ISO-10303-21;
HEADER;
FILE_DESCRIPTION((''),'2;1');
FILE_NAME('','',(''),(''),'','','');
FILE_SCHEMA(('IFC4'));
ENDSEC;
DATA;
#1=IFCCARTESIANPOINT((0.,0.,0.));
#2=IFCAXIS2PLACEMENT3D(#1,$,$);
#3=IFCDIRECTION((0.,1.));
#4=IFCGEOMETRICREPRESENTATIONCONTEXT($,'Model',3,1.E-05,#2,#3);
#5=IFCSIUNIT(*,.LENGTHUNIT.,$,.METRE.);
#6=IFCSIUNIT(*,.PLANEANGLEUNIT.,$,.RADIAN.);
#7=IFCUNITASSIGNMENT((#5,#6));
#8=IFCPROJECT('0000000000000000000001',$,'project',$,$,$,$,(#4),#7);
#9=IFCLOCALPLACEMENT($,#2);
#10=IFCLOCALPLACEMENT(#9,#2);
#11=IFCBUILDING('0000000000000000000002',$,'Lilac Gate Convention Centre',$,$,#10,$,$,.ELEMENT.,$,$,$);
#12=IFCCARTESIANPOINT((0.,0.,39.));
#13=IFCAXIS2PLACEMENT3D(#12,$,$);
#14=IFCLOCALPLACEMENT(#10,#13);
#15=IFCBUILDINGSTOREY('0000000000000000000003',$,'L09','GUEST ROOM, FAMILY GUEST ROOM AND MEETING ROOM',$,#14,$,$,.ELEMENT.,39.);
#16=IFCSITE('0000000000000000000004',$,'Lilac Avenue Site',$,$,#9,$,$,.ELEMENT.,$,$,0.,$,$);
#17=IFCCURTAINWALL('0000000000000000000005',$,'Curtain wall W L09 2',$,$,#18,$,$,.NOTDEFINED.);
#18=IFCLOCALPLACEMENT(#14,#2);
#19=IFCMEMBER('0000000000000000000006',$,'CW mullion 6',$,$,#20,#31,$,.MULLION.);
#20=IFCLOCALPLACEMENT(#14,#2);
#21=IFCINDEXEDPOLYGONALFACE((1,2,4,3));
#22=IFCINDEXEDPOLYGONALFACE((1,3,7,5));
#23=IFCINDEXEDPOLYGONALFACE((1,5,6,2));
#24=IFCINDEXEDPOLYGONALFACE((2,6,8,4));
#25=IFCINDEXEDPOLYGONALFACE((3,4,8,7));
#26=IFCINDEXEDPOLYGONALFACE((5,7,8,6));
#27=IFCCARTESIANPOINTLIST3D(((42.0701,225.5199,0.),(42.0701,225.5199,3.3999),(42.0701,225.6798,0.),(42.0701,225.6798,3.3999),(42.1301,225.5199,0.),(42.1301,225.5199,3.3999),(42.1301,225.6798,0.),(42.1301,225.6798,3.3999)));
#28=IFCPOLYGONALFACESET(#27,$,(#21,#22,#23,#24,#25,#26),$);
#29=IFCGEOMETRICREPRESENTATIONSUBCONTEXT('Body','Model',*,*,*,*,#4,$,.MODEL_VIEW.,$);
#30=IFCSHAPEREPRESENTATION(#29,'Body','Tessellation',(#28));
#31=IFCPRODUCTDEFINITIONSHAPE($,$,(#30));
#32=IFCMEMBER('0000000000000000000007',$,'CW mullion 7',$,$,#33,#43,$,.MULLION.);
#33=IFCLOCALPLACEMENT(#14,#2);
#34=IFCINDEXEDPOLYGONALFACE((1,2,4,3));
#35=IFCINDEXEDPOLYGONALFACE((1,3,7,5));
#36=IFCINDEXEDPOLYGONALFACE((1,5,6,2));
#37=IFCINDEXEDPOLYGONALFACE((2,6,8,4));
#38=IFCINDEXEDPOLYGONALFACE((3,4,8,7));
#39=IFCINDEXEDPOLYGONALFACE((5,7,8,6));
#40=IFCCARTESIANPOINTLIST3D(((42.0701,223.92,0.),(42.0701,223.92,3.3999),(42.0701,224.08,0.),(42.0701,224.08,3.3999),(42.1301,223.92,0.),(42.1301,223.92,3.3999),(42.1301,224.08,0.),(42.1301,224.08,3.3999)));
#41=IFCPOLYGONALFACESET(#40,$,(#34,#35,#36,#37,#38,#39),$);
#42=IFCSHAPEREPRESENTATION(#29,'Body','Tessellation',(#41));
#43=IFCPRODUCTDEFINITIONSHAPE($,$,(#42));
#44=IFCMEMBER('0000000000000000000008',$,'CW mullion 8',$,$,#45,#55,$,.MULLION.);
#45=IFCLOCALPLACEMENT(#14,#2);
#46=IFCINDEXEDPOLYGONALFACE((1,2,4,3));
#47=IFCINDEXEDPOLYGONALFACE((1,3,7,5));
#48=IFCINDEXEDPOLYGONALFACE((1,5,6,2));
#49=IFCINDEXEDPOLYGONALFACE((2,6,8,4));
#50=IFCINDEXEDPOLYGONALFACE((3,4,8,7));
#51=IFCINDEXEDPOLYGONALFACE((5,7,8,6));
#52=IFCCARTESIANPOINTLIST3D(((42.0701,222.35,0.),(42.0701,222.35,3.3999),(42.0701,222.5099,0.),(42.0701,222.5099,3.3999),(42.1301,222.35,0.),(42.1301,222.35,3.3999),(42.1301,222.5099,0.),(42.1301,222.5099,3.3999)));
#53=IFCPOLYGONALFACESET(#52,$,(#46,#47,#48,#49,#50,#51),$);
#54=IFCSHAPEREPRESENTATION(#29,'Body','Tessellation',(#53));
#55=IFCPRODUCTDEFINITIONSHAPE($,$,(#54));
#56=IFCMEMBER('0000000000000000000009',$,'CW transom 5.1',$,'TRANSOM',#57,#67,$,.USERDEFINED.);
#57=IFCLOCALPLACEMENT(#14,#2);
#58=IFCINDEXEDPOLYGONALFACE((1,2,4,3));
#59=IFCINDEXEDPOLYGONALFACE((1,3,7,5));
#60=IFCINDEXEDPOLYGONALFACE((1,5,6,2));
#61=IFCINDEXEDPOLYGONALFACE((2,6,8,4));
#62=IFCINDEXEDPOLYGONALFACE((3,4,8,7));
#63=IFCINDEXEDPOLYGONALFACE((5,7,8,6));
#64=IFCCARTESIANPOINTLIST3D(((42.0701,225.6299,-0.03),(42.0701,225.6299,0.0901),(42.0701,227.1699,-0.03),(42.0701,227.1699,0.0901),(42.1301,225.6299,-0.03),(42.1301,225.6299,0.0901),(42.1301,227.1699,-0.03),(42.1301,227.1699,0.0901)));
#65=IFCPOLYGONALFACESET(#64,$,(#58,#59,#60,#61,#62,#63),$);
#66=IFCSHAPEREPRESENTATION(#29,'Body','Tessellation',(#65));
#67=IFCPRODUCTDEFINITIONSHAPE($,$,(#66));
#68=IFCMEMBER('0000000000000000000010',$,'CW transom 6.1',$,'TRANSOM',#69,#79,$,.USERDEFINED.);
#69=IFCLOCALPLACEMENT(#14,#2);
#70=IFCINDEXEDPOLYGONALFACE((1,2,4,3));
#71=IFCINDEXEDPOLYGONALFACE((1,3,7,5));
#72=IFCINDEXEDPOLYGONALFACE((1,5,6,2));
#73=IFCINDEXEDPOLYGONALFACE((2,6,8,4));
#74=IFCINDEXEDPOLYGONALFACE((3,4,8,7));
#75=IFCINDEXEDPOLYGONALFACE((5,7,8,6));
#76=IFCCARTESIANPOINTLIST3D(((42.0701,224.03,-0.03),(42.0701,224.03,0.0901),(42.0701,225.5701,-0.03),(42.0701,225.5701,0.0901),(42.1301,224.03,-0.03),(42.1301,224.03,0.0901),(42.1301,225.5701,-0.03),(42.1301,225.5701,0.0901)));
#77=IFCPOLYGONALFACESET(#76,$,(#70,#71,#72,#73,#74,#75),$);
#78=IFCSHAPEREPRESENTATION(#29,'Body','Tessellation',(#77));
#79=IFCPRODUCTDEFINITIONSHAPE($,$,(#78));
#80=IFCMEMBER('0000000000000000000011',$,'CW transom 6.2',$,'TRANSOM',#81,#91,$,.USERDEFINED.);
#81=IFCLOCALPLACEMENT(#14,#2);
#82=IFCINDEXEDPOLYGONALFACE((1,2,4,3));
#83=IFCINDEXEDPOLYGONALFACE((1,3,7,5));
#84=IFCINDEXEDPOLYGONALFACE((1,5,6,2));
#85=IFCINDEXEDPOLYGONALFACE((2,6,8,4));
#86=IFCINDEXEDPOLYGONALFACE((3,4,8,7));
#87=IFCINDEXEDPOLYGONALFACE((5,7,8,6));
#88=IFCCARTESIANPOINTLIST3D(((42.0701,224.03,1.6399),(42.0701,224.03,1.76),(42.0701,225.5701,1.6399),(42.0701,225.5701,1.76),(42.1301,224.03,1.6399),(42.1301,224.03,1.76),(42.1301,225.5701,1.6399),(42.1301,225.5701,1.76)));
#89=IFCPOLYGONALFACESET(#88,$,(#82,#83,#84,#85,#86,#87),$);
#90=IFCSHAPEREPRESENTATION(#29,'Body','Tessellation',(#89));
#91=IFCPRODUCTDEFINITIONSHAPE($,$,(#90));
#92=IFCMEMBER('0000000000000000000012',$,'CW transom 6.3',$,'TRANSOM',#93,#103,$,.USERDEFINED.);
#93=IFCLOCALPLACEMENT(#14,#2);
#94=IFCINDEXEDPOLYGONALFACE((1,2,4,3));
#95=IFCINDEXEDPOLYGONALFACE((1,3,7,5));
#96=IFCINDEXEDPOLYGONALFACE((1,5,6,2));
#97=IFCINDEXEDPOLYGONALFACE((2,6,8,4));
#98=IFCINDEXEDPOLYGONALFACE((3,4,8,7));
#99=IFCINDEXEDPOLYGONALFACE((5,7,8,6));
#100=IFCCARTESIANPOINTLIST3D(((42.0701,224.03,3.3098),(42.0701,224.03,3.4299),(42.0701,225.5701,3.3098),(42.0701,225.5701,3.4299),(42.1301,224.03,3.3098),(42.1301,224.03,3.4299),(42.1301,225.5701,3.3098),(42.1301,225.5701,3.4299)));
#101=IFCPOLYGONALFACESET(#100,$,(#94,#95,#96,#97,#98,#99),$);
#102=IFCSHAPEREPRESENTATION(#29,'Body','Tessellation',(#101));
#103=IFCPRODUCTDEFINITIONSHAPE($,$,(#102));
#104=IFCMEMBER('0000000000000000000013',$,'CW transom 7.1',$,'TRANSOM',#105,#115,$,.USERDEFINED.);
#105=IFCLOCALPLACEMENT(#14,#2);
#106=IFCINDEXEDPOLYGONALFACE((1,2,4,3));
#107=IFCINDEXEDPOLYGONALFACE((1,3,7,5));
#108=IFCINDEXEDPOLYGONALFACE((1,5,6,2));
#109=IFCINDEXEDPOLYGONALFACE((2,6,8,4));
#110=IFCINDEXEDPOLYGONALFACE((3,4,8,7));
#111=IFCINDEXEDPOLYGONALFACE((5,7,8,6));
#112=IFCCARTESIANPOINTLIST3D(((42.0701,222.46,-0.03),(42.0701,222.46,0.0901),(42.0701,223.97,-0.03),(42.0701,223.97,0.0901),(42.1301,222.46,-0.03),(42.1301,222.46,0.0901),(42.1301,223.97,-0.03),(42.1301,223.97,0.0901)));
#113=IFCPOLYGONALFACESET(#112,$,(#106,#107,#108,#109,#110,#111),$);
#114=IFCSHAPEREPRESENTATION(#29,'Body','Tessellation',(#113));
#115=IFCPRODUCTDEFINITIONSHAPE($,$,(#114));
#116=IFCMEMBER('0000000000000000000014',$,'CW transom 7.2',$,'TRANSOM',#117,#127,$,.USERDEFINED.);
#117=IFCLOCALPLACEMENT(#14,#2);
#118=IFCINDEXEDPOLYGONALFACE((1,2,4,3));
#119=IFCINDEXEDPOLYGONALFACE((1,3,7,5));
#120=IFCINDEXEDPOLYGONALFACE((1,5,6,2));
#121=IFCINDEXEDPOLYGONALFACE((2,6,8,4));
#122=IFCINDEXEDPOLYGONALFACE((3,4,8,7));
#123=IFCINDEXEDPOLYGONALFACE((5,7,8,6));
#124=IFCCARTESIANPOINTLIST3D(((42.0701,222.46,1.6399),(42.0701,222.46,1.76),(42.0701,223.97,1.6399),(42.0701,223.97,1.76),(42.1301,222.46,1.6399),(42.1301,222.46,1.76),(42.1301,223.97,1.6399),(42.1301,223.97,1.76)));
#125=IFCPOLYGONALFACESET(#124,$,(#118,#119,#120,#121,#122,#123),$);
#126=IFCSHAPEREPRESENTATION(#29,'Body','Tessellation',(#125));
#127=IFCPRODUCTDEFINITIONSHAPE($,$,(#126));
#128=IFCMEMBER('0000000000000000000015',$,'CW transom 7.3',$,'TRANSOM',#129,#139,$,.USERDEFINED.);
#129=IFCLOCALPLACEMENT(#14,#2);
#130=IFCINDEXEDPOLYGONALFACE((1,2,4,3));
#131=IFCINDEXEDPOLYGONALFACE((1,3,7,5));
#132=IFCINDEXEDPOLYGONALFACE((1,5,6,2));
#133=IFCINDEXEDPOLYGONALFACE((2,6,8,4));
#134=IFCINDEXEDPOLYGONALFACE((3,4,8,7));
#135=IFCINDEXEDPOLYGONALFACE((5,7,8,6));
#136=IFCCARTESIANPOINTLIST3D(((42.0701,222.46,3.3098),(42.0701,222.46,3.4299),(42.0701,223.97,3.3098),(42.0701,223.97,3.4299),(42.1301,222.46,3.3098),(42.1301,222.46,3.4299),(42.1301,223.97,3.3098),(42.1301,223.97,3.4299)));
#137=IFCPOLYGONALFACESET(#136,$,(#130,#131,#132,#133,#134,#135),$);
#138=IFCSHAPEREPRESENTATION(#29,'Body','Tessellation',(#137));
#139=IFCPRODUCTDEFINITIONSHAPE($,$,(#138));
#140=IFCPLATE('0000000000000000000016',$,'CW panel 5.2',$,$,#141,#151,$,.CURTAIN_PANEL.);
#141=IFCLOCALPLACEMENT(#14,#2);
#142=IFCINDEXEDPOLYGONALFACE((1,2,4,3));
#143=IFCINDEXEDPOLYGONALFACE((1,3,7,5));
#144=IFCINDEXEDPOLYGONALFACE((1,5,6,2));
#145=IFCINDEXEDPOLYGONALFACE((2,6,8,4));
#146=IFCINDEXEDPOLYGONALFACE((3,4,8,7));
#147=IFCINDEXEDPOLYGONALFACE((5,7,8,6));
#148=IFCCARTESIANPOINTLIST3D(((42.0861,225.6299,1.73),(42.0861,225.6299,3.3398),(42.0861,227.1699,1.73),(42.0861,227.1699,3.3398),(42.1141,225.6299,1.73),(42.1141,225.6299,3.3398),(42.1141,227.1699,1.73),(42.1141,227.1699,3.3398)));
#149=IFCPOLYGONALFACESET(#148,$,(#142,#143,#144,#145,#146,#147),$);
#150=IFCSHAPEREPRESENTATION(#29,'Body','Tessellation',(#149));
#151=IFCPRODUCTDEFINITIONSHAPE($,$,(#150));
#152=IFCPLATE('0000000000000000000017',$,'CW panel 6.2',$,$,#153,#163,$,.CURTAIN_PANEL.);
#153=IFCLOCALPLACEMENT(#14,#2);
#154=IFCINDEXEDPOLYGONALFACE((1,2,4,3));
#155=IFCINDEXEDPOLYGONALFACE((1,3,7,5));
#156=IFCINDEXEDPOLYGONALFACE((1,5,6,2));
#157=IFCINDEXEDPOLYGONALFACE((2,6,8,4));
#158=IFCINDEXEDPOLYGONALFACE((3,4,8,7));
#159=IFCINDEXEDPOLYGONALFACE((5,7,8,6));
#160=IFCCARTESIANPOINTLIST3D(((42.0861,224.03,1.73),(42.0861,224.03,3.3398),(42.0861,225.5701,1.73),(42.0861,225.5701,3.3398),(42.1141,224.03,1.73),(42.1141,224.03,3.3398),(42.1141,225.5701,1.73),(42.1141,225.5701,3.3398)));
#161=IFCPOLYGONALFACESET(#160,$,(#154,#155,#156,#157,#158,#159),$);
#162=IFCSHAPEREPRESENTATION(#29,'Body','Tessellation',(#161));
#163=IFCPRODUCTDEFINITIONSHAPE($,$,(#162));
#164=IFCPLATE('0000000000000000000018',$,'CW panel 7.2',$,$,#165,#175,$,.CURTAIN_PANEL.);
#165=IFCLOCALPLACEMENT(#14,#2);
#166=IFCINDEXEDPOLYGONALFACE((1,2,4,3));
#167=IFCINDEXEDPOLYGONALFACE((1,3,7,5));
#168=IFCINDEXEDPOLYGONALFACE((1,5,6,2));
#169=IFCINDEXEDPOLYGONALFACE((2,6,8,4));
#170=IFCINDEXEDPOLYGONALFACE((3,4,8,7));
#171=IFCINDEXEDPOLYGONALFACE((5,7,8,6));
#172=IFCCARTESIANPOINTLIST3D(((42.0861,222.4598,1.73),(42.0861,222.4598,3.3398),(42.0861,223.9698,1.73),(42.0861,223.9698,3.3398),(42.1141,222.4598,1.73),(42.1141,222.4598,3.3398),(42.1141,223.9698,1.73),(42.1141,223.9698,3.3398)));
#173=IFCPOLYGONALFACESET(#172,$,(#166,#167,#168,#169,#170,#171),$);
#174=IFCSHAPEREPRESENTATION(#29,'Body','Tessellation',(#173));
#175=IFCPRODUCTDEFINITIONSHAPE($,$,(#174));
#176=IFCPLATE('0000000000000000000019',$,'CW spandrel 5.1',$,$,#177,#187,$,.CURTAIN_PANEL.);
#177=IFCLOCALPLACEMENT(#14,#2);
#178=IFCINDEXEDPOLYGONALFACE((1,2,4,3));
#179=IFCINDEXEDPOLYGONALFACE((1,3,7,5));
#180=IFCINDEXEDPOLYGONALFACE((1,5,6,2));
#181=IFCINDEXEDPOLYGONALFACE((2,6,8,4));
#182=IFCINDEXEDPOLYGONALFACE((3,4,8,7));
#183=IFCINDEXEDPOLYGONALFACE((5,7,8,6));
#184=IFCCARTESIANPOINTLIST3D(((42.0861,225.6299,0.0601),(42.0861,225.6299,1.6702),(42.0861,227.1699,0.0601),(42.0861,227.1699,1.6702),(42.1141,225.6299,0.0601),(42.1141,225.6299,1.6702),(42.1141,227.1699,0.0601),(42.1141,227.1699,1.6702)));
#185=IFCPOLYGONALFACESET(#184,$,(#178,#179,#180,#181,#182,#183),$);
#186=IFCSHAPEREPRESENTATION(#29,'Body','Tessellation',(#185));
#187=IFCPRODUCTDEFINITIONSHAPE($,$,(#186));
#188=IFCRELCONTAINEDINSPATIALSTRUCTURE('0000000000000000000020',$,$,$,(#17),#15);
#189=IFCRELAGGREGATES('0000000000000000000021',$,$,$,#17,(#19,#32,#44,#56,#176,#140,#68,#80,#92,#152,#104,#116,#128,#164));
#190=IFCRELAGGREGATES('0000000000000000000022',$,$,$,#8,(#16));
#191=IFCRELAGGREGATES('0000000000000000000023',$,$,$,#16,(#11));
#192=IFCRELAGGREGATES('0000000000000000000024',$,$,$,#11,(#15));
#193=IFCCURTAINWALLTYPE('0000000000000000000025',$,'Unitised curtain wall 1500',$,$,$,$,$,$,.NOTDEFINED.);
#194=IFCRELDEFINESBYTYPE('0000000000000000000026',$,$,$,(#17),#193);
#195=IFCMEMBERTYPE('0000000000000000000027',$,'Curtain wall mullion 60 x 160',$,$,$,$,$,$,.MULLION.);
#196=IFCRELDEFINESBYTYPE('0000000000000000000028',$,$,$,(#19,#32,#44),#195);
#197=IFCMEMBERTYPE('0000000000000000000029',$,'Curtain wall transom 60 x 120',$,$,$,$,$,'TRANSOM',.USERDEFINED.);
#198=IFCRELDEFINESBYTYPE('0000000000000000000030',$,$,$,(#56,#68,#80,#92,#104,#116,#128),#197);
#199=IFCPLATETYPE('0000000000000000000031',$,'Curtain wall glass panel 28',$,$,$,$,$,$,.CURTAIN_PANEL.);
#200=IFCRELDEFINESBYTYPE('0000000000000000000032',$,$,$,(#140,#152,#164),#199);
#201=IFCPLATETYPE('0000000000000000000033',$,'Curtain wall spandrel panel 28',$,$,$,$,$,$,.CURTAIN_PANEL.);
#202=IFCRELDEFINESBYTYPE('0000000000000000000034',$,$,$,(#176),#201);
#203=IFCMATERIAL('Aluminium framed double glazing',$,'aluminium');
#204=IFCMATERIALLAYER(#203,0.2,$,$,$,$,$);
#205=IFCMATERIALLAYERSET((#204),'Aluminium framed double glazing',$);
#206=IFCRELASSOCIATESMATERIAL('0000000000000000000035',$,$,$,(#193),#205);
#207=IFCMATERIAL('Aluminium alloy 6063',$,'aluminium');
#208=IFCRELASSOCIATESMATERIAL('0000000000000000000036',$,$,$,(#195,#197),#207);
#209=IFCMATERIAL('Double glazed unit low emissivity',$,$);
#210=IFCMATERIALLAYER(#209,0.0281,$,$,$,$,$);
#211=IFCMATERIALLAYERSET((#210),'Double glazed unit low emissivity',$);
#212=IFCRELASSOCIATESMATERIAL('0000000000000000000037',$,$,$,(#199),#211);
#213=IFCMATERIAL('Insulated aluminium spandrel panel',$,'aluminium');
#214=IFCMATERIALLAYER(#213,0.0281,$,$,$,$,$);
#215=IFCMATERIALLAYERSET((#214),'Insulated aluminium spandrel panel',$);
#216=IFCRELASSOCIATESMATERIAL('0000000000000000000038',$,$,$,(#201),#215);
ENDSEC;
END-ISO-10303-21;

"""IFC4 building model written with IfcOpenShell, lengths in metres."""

from ifc_helpers import new_model, si_unit, direction, frame, origin, origin_2d, place, context, subcontext, project, spatial, rectangle, extrude, material, layer, layer_set, material_profile, profile_set, type_object, element, aggregate, save


model = new_model("IFC4")

# Units and contexts
model_context = context("Model", 3, precision=1e-05, world=origin(), true_north=direction((0.0, 1.0)))
body_context = subcontext(model_context, "Body", "Model", "MODEL_VIEW")
ifc_project = project(units=[si_unit("LENGTHUNIT", "METRE"), si_unit("PLANEANGLEUNIT", "RADIAN")], contexts=[model_context])

# Site, building, storey
site_placement = place(None, origin())
site = spatial("IfcSite", under=ifc_project, at=site_placement, Name="Lilac Avenue Site", CompositionType="ELEMENT", RefElevation=0.0)
building_placement = place(site_placement, origin())
building = spatial("IfcBuilding", under=site, at=building_placement, Name="Lilac Gate Convention Centre", CompositionType="ELEMENT")
storey_placement = place(building_placement, frame((0.0, 0.0, 39.0)))
storey = spatial("IfcBuildingStorey", under=building, at=storey_placement, Name="L09", Description="GUEST ROOM, FAMILY GUEST ROOM AND MEETING ROOM", CompositionType="ELEMENT", Elevation=39.0)

# Curtain wall, members, plates
ifc_material_1 = material(Name="Aluminium framed double glazing", Category="aluminium")
ifc_layer_1 = layer(ifc_material_1, 0.2)
ifc_layer_set_1 = layer_set([ifc_layer_1], Name="Aluminium framed double glazing")
curtain_wall_type = type_object("IfcCurtainWallType", Name="Unitised curtain wall 1500", PredefinedType="NOTDEFINED", material=ifc_layer_set_1)
curtain_wall_placement = place(storey_placement, origin())
curtain_wall = element("IfcCurtainWall", 1, at=curtain_wall_placement, inside=storey, type_object=curtain_wall_type, Name="Curtain wall W L09 2", PredefinedType="NOTDEFINED")
ifc_material_2 = material(Name="Aluminium alloy 6063", Category="aluminium")
ifc_material_profile_1 = material_profile(ifc_material_2, rectangle(XDim=0.0601, YDim=0.1599, at=origin_2d()), Name="Curtain wall mullion 60 x 160")
ifc_profile_set_1 = profile_set([ifc_material_profile_1], Name="Aluminium alloy 6063")
member_type_1 = type_object("IfcMemberType", Name="Curtain wall mullion 60 x 160", PredefinedType="MULLION", material=ifc_profile_set_1)
member_1_placement = place(storey_placement, frame((42.1001, 225.5999, 0.0), z_axis=(0.0, 0.0, 1.0), x_axis=(1.0, 0.0, 0.0)))
member_1 = element("IfcMember", 2, at=member_1_placement, type_object=member_type_1, Name="CW mullion 6", PredefinedType="MULLION", context=body_context, shape_type="SweptSolid", body=[
    extrude(rectangle(XDim=0.0601, YDim=0.1599, at=origin_2d()), origin(), (0.0, 0.0, 1.0), 3.3999),
])
member_2_placement = place(storey_placement, frame((42.1001, 224.0, 0.0), z_axis=(0.0, 0.0, 1.0), x_axis=(1.0, 0.0, 0.0)))
member_2 = element("IfcMember", 3, at=member_2_placement, type_object=member_type_1, Name="CW mullion 7", PredefinedType="MULLION", context=body_context, shape_type="SweptSolid", body=[
    extrude(rectangle(XDim=0.0601, YDim=0.1599, at=origin_2d()), origin(), (0.0, 0.0, 1.0), 3.3999),
])
member_3_placement = place(storey_placement, frame((42.1001, 222.4299, 0.0), z_axis=(0.0, 0.0, 1.0), x_axis=(1.0, 0.0, 0.0)))
member_3 = element("IfcMember", 4, at=member_3_placement, type_object=member_type_1, Name="CW mullion 8", PredefinedType="MULLION", context=body_context, shape_type="SweptSolid", body=[
    extrude(rectangle(XDim=0.0601, YDim=0.1599, at=origin_2d()), origin(), (0.0, 0.0, 1.0), 3.3999),
])
ifc_material_profile_2 = material_profile(ifc_material_2, rectangle(XDim=0.0601, YDim=0.1201, at=origin_2d()), Name="Curtain wall transom 60 x 120")
ifc_profile_set_2 = profile_set([ifc_material_profile_2], Name="Aluminium alloy 6063")
member_type_2 = type_object("IfcMemberType", Name="Curtain wall transom 60 x 120", ElementType="TRANSOM", PredefinedType="USERDEFINED", material=ifc_profile_set_2)
member_4_placement = place(storey_placement, frame((42.1001, 227.1699, 0.03), z_axis=(0.0, -1.0, 0.0), x_axis=(1.0, 0.0, 0.0)))
member_4 = element("IfcMember", 5, at=member_4_placement, type_object=member_type_2, Name="CW transom 5.1", ObjectType="TRANSOM", PredefinedType="USERDEFINED", context=body_context, shape_type="SweptSolid", body=[
    extrude(rectangle(XDim=0.0601, YDim=0.1201, at=origin_2d()), origin(), (0.0, 0.0, 1.0), 1.54),
])
member_5_placement = place(storey_placement, frame((42.1001, 225.5701, 0.03), z_axis=(0.0, -1.0, 0.0), x_axis=(1.0, 0.0, 0.0)))
member_5 = element("IfcMember", 6, at=member_5_placement, type_object=member_type_2, Name="CW transom 6.1", ObjectType="TRANSOM", PredefinedType="USERDEFINED", context=body_context, shape_type="SweptSolid", body=[
    extrude(rectangle(XDim=0.0601, YDim=0.1201, at=origin_2d()), origin(), (0.0, 0.0, 1.0), 1.54),
])
member_6_placement = place(storey_placement, frame((42.1001, 225.5701, 1.7), z_axis=(0.0, -1.0, 0.0), x_axis=(1.0, 0.0, 0.0)))
member_6 = element("IfcMember", 7, at=member_6_placement, type_object=member_type_2, Name="CW transom 6.2", ObjectType="TRANSOM", PredefinedType="USERDEFINED", context=body_context, shape_type="SweptSolid", body=[
    extrude(rectangle(XDim=0.0601, YDim=0.1201, at=origin_2d()), origin(), (0.0, 0.0, 1.0), 1.54),
])
member_7_placement = place(storey_placement, frame((42.1001, 225.5701, 3.3699), z_axis=(0.0, -1.0, 0.0), x_axis=(1.0, 0.0, 0.0)))
member_7 = element("IfcMember", 8, at=member_7_placement, type_object=member_type_2, Name="CW transom 6.3", ObjectType="TRANSOM", PredefinedType="USERDEFINED", context=body_context, shape_type="SweptSolid", body=[
    extrude(rectangle(XDim=0.0601, YDim=0.1201, at=origin_2d()), origin(), (0.0, 0.0, 1.0), 1.54),
])
member_8_placement = place(storey_placement, frame((42.1001, 223.97, 0.03), z_axis=(0.0, -1.0, 0.0), x_axis=(1.0, 0.0, 0.0)))
member_8 = element("IfcMember", 9, at=member_8_placement, type_object=member_type_2, Name="CW transom 7.1", ObjectType="TRANSOM", PredefinedType="USERDEFINED", context=body_context, shape_type="SweptSolid", body=[
    extrude(rectangle(XDim=0.0601, YDim=0.1201, at=origin_2d()), origin(), (0.0, 0.0, 1.0), 1.51),
])
member_9_placement = place(storey_placement, frame((42.1001, 223.97, 1.7), z_axis=(0.0, -1.0, 0.0), x_axis=(1.0, 0.0, 0.0)))
member_9 = element("IfcMember", 10, at=member_9_placement, type_object=member_type_2, Name="CW transom 7.2", ObjectType="TRANSOM", PredefinedType="USERDEFINED", context=body_context, shape_type="SweptSolid", body=[
    extrude(rectangle(XDim=0.0601, YDim=0.1201, at=origin_2d()), origin(), (0.0, 0.0, 1.0), 1.51),
])
member_10_placement = place(storey_placement, frame((42.1001, 223.97, 3.3699), z_axis=(0.0, -1.0, 0.0), x_axis=(1.0, 0.0, 0.0)))
member_10 = element("IfcMember", 11, at=member_10_placement, type_object=member_type_2, Name="CW transom 7.3", ObjectType="TRANSOM", PredefinedType="USERDEFINED", context=body_context, shape_type="SweptSolid", body=[
    extrude(rectangle(XDim=0.0601, YDim=0.1201, at=origin_2d()), origin(), (0.0, 0.0, 1.0), 1.51),
])
ifc_material_3 = material(Name="Double glazed unit low emissivity")
ifc_layer_2 = layer(ifc_material_3, 0.0281)
ifc_layer_set_2 = layer_set([ifc_layer_2], Name="Double glazed unit low emissivity")
plate_type_1 = type_object("IfcPlateType", Name="Curtain wall glass panel 28", PredefinedType="CURTAIN_PANEL", material=ifc_layer_set_2)
plate_1_placement = place(storey_placement, frame((42.1001, 226.3999, 1.73), z_axis=(0.0, 0.0, 1.0), x_axis=(0.0, -1.0, 0.0)))
plate_1 = element("IfcPlate", 12, at=plate_1_placement, type_object=plate_type_1, Name="CW panel 5.2", PredefinedType="CURTAIN_PANEL", context=body_context, shape_type="SweptSolid", body=[
    extrude(rectangle(XDim=1.54, YDim=0.0281, at=origin_2d()), origin(), (0.0, 0.0, 1.0), 1.6099),
])
plate_2_placement = place(storey_placement, frame((42.1001, 224.8, 1.73), z_axis=(0.0, 0.0, 1.0), x_axis=(0.0, -1.0, 0.0)))
plate_2 = element("IfcPlate", 13, at=plate_2_placement, type_object=plate_type_1, Name="CW panel 6.2", PredefinedType="CURTAIN_PANEL", context=body_context, shape_type="SweptSolid", body=[
    extrude(rectangle(XDim=1.54, YDim=0.0281, at=origin_2d()), origin(), (0.0, 0.0, 1.0), 1.6099),
])
plate_3_placement = place(storey_placement, frame((42.1001, 223.2148, 1.73), z_axis=(0.0, 0.0, 1.0), x_axis=(0.0, -1.0, 0.0)))
plate_3 = element("IfcPlate", 14, at=plate_3_placement, type_object=plate_type_1, Name="CW panel 7.2", PredefinedType="CURTAIN_PANEL", context=body_context, shape_type="SweptSolid", body=[
    extrude(rectangle(XDim=1.51, YDim=0.0281, at=origin_2d()), origin(), (0.0, 0.0, 1.0), 1.6099),
])
ifc_material_4 = material(Name="Insulated aluminium spandrel panel", Category="aluminium")
ifc_layer_3 = layer(ifc_material_4, 0.0281)
ifc_layer_set_3 = layer_set([ifc_layer_3], Name="Insulated aluminium spandrel panel")
plate_type_2 = type_object("IfcPlateType", Name="Curtain wall spandrel panel 28", PredefinedType="CURTAIN_PANEL", material=ifc_layer_set_3)
plate_4_placement = place(storey_placement, frame((42.1001, 226.3999, 0.0601), z_axis=(0.0, 0.0, 1.0), x_axis=(0.0, -1.0, 0.0)))
plate_4 = element("IfcPlate", 15, at=plate_4_placement, type_object=plate_type_2, Name="CW spandrel 5.1", PredefinedType="CURTAIN_PANEL", context=body_context, shape_type="SweptSolid", body=[
    extrude(rectangle(XDim=1.54, YDim=0.0281, at=origin_2d()), origin(), (0.0, 0.0, 1.0), 1.6101),
])
aggregate(curtain_wall, [member_1, member_2, member_3, member_4, plate_4, plate_1, member_5, member_6, member_7, plate_2, member_8, member_9, member_10, plate_3])

save(model, "model.ifc")
